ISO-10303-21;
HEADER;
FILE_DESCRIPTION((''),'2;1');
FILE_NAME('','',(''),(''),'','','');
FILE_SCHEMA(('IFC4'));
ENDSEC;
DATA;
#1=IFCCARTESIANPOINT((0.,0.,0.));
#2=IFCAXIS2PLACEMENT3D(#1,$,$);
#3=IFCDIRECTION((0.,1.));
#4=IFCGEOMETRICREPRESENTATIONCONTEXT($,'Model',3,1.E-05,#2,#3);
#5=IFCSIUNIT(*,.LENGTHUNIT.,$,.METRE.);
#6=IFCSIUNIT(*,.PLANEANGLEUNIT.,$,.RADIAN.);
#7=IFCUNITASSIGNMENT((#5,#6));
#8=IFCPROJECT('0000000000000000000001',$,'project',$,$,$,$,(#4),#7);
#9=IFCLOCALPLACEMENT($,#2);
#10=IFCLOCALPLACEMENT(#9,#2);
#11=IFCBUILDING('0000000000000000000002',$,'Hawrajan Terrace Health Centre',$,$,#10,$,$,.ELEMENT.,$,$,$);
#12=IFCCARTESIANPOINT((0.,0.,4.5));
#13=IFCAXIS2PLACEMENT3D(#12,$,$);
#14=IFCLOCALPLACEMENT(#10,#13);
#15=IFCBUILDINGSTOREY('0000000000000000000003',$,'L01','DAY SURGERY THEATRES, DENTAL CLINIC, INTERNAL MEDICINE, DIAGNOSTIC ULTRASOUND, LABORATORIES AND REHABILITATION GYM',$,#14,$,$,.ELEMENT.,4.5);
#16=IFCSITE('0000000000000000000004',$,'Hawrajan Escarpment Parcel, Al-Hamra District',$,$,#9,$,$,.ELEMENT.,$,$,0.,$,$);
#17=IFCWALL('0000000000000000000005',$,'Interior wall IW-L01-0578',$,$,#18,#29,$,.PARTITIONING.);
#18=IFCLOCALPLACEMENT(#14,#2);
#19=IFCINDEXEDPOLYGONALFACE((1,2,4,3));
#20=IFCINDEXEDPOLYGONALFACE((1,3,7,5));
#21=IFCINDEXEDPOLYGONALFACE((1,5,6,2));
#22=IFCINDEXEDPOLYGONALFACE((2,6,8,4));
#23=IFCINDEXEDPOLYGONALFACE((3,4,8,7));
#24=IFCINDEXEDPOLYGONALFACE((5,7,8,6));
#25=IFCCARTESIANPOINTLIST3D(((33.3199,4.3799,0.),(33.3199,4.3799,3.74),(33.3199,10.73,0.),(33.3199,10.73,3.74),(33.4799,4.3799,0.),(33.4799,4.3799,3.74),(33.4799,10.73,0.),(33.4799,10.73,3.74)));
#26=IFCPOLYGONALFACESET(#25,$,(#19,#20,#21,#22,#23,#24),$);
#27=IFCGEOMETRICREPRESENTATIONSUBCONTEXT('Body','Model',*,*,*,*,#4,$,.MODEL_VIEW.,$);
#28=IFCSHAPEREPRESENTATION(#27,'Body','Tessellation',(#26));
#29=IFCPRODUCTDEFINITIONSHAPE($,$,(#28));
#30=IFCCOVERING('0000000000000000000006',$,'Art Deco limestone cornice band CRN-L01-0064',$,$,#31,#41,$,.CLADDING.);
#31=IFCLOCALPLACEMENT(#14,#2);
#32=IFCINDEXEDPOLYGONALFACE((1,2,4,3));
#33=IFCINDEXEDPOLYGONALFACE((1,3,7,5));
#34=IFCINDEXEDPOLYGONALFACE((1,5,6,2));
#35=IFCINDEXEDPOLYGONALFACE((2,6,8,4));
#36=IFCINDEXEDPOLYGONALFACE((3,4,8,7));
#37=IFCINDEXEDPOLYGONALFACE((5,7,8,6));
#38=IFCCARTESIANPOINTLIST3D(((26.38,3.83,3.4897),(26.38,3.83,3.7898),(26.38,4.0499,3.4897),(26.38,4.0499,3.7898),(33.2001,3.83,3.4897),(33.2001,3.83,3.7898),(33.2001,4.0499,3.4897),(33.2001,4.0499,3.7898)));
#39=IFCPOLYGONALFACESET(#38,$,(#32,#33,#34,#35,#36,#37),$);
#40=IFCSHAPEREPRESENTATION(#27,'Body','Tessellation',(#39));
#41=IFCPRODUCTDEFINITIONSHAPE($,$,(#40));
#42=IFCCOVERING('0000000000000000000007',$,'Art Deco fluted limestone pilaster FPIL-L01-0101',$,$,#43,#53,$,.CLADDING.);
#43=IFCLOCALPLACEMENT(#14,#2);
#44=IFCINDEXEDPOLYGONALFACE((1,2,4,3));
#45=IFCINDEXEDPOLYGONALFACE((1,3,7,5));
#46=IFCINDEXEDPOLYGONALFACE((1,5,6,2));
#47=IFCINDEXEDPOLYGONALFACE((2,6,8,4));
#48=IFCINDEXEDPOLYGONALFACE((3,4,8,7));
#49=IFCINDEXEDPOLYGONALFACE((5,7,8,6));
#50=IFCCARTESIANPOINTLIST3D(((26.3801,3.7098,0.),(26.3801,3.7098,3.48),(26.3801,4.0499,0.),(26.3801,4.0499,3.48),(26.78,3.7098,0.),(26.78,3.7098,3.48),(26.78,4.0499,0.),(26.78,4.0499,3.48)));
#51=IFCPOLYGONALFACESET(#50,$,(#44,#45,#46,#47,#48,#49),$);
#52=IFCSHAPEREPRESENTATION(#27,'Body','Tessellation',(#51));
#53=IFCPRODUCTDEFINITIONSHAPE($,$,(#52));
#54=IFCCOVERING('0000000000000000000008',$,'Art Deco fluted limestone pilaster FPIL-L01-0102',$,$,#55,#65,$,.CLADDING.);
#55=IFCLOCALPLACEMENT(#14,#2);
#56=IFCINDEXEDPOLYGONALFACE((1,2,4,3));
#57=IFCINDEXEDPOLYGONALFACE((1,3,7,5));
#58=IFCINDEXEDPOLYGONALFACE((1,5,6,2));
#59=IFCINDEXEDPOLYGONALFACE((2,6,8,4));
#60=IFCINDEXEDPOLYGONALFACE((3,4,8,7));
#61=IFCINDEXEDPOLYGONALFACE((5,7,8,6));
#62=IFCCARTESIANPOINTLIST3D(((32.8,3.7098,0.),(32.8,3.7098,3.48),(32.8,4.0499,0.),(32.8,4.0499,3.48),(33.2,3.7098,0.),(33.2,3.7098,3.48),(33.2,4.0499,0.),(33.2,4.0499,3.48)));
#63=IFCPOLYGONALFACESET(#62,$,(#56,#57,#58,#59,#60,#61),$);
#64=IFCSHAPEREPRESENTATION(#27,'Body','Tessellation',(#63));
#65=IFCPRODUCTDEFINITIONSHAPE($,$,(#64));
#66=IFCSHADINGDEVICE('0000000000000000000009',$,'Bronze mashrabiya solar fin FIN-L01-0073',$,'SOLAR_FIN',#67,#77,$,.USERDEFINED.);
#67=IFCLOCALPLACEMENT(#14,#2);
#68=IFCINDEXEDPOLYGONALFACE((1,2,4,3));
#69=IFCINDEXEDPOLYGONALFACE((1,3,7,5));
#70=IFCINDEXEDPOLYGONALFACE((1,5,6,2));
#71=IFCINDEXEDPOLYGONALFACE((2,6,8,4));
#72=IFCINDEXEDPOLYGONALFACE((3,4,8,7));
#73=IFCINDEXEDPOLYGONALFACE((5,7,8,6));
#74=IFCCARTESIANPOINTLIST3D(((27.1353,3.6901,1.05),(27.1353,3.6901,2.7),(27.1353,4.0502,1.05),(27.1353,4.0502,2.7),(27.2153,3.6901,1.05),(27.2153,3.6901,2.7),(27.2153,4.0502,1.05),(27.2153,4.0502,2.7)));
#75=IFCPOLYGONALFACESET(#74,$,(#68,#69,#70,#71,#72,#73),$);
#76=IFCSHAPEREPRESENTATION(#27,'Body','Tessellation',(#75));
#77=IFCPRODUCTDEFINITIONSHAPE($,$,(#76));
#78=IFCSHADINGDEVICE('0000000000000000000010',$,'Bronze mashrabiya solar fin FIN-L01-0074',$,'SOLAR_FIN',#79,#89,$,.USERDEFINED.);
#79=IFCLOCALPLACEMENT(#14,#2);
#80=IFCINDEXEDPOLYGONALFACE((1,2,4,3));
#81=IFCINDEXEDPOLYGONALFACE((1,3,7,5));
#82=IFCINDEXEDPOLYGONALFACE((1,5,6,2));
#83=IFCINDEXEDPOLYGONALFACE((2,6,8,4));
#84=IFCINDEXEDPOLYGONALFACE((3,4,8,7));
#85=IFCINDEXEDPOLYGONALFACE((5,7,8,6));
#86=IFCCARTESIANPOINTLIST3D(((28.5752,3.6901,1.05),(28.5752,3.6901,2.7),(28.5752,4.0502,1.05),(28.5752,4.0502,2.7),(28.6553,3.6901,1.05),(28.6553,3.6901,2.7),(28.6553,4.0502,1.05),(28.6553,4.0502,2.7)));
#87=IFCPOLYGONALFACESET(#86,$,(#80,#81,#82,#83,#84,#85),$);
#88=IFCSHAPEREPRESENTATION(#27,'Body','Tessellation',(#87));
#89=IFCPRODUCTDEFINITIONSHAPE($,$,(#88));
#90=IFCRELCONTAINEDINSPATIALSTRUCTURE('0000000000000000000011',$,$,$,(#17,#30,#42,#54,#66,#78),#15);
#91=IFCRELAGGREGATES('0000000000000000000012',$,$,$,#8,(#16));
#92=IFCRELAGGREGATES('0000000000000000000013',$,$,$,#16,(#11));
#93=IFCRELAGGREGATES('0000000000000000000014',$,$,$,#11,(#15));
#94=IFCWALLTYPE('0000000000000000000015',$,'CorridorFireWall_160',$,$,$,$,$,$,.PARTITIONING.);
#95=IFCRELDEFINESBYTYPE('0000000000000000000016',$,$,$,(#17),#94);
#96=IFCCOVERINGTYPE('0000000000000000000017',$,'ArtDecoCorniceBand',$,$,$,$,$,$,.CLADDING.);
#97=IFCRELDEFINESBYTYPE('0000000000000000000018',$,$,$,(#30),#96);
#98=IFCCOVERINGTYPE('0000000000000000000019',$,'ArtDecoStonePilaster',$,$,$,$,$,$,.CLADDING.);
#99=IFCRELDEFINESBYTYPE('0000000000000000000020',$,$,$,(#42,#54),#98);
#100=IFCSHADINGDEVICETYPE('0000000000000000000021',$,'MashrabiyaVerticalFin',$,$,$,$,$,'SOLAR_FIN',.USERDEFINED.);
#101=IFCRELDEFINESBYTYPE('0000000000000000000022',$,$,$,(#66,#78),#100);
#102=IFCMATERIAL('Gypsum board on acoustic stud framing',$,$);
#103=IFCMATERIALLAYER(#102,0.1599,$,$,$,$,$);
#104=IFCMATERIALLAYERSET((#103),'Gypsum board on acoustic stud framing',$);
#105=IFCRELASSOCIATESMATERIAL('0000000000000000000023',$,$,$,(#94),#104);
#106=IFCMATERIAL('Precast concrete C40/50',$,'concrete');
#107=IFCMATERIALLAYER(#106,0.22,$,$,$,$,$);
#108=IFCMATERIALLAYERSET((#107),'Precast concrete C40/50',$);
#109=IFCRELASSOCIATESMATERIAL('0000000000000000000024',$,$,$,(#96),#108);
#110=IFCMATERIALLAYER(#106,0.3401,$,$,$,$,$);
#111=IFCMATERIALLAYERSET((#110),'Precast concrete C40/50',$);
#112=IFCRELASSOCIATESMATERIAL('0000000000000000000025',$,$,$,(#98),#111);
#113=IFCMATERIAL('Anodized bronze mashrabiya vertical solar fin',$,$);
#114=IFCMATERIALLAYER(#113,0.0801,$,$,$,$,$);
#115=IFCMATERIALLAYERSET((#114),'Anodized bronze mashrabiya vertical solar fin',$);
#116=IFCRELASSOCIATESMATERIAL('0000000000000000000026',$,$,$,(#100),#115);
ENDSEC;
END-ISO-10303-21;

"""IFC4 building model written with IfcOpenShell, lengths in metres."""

from ifc_helpers import new_model, si_unit, direction, frame, frame_2d, origin, origin_2d, place, context, subcontext, project, spatial, rectangle, extrude, material, layer, layer_set, type_object, element, save


model = new_model("IFC4")

# Units and contexts
model_context = context("Model", 3, precision=1e-05, world=origin(), true_north=direction((0.0, 1.0)))
body_context = subcontext(model_context, "Body", "Model", "MODEL_VIEW")
ifc_project = project(units=[si_unit("LENGTHUNIT", "METRE"), si_unit("PLANEANGLEUNIT", "RADIAN")], contexts=[model_context])

# Site, building, storey
site_placement = place(None, origin())
site = spatial("IfcSite", under=ifc_project, at=site_placement, Name="Hawrajan Escarpment Parcel, Al-Hamra District", CompositionType="ELEMENT", RefElevation=0.0)
building_placement = place(site_placement, origin())
building = spatial("IfcBuilding", under=site, at=building_placement, Name="Hawrajan Terrace Health Centre", CompositionType="ELEMENT")
storey_placement = place(building_placement, frame((0.0, 0.0, 4.5)))
storey = spatial("IfcBuildingStorey", under=building, at=storey_placement, Name="L01", Description="DAY SURGERY THEATRES, DENTAL CLINIC, INTERNAL MEDICINE, DIAGNOSTIC ULTRASOUND, LABORATORIES AND REHABILITATION GYM", CompositionType="ELEMENT", Elevation=4.5)

# Wall
ifc_material_1 = material(Name="Gypsum board on acoustic stud framing")
ifc_layer_1 = layer(ifc_material_1, 0.1599)
ifc_layer_set_1 = layer_set([ifc_layer_1], Name="Gypsum board on acoustic stud framing")
wall_type = type_object("IfcWallType", Name="CorridorFireWall_160", PredefinedType="PARTITIONING", material=ifc_layer_set_1)
wall_1_placement = place(storey_placement, frame((33.3999, 4.3799, 0.0), z_axis=(0.0, 0.0, 1.0), x_axis=(0.0, 1.0, 0.0)))
element("IfcWall", 1, at=wall_1_placement, inside=storey, type_object=wall_type, Name="Interior wall IW-L01-0578", PredefinedType="PARTITIONING", context=body_context, shape_type="SweptSolid", body=[
    extrude(rectangle(XDim=6.3501, YDim=0.1599, at=frame_2d((3.175, 0.0))), origin(), (0.0, 0.0, 1.0), 3.74),
])

# Coverings
ifc_material_2 = material(Name="Precast concrete C40/50", Category="concrete")
ifc_layer_2 = layer(ifc_material_2, 0.22)
ifc_layer_set_2 = layer_set([ifc_layer_2], Name="Precast concrete C40/50")
covering_type_1 = type_object("IfcCoveringType", Name="ArtDecoCorniceBand", PredefinedType="CLADDING", material=ifc_layer_set_2)
covering_placement = place(storey_placement, frame((29.79, 3.9399, 3.4897), z_axis=(0.0, 0.0, 1.0), x_axis=(1.0, 0.0, 0.0)))
element("IfcCovering", 2, at=covering_placement, inside=storey, type_object=covering_type_1, Name="Art Deco limestone cornice band CRN-L01-0064", PredefinedType="CLADDING", context=body_context, shape_type="SweptSolid", body=[
    extrude(rectangle(XDim=6.8201, YDim=0.22, at=origin_2d()), origin(), (0.0, 0.0, 1.0), 0.3),
])
ifc_layer_3 = layer(ifc_material_2, 0.3401)
ifc_layer_set_3 = layer_set([ifc_layer_3], Name="Precast concrete C40/50")
covering_type_2 = type_object("IfcCoveringType", Name="ArtDecoStonePilaster", PredefinedType="CLADDING", material=ifc_layer_set_3)
for number, where, z_axis, x_axis, name in (
    (3, (26.5801, 3.8799, 0.0), (0.0, 0.0, 1.0), (1.0, 0.0, 0.0), "Art Deco fluted limestone pilaster FPIL-L01-0101"),
    (4, (33.0, 3.8799, 0.0), (0.0, 0.0, 1.0), (1.0, 0.0, 0.0), "Art Deco fluted limestone pilaster FPIL-L01-0102"),
):
    element("IfcCovering", number, at=place(storey_placement, frame(where, z_axis=z_axis, x_axis=x_axis)), inside=storey, type_object=covering_type_2, Name=name, PredefinedType="CLADDING", context=body_context, shape_type="SweptSolid", body=[
        extrude(rectangle(XDim=0.3999, YDim=0.3401, at=origin_2d()), origin(), (0.0, 0.0, 1.0), 3.48),
    ])

# Shading devices
ifc_material_3 = material(Name="Anodized bronze mashrabiya vertical solar fin")
ifc_layer_4 = layer(ifc_material_3, 0.0801)
ifc_layer_set_4 = layer_set([ifc_layer_4], Name="Anodized bronze mashrabiya vertical solar fin")
shading_device_type = type_object("IfcShadingDeviceType", Name="MashrabiyaVerticalFin", ElementType="SOLAR_FIN", PredefinedType="USERDEFINED", material=ifc_layer_set_4)
for number, where, z_axis, x_axis, name in (
    (5, (27.1753, 3.8701, 1.05), (0.0, 0.0, 1.0), (1.0, 0.0, 0.0), "Bronze mashrabiya solar fin FIN-L01-0073"),
    (6, (28.6152, 3.8701, 1.05), (0.0, 0.0, 1.0), (1.0, 0.0, 0.0), "Bronze mashrabiya solar fin FIN-L01-0074"),
):
    element("IfcShadingDevice", number, at=place(storey_placement, frame(where, z_axis=z_axis, x_axis=x_axis)), inside=storey, type_object=shading_device_type, Name=name, ObjectType="SOLAR_FIN", PredefinedType="USERDEFINED", context=body_context, shape_type="SweptSolid", body=[
        extrude(rectangle(XDim=0.0801, YDim=0.3601, at=origin_2d()), origin(), (0.0, 0.0, 1.0), 1.6499),
    ])

save(model, "model.ifc")
